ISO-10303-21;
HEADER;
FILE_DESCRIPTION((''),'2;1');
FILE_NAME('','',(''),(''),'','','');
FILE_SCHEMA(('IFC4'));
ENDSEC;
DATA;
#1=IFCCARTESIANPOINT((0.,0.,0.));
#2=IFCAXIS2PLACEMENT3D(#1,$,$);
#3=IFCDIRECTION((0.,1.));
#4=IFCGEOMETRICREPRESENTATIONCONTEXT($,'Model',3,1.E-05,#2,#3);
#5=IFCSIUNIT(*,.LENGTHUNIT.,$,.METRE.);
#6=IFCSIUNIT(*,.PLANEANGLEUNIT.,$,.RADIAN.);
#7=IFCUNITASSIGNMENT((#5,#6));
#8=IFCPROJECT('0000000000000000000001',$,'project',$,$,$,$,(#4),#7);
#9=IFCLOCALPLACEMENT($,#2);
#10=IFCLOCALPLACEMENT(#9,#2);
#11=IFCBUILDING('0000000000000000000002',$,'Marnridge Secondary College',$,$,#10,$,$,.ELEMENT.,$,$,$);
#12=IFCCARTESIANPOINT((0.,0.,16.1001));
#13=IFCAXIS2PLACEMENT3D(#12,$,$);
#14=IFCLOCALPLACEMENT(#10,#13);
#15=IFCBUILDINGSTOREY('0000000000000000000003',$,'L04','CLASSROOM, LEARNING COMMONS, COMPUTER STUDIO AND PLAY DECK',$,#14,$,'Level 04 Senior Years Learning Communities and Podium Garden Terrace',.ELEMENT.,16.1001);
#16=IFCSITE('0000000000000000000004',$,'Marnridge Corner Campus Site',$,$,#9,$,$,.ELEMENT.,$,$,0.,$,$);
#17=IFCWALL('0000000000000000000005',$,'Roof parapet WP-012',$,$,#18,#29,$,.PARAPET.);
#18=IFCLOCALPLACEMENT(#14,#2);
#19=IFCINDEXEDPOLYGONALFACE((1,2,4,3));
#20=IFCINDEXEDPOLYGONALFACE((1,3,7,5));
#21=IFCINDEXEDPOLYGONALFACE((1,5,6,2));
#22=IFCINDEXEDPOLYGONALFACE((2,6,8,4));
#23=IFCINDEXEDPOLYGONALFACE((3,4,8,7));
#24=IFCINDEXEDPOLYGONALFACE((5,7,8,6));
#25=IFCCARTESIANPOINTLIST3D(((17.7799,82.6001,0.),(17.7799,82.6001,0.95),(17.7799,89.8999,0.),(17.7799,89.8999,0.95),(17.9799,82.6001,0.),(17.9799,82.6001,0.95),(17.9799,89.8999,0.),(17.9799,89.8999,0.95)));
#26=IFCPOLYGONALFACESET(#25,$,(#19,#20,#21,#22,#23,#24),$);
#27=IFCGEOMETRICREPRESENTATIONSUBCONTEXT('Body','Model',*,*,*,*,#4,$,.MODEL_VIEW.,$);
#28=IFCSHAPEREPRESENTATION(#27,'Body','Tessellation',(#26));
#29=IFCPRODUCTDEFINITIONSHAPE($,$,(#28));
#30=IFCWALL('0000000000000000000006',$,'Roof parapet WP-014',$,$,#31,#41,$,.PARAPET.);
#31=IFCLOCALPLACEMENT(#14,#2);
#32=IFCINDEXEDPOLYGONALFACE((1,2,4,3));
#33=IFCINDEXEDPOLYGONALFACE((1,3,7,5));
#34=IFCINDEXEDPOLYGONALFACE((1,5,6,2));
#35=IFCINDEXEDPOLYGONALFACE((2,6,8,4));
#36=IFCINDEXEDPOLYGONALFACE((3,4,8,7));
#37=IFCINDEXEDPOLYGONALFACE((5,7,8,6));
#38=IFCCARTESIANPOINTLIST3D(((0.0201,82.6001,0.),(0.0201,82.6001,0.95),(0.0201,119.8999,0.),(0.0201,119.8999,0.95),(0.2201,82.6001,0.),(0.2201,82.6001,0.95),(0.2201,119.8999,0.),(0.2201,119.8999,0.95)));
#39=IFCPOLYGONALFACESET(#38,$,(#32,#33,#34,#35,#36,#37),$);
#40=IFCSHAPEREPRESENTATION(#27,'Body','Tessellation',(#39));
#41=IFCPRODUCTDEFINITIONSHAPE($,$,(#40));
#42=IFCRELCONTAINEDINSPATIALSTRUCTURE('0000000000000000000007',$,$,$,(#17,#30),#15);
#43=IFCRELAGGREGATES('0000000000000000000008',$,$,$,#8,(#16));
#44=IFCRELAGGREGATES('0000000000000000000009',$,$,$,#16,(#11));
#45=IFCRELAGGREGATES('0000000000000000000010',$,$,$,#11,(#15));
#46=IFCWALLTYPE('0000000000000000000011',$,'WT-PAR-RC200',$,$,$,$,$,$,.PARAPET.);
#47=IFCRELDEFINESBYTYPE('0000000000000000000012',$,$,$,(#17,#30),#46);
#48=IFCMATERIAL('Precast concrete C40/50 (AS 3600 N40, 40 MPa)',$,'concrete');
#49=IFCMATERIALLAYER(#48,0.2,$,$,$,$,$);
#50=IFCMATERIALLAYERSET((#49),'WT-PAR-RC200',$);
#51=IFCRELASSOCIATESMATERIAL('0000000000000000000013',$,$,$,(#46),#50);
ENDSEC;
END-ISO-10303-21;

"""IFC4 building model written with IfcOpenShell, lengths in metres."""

from ifc_helpers import new_model, si_unit, direction, frame, frame_2d, origin, place, context, subcontext, project, spatial, rectangle, extrude, material, layer, layer_set, type_object, element, save


model = new_model("IFC4")

# Units and contexts
model_context = context("Model", 3, precision=1e-05, world=origin(), true_north=direction((0.0, 1.0)))
body_context = subcontext(model_context, "Body", "Model", "MODEL_VIEW")
ifc_project = project(units=[si_unit("LENGTHUNIT", "METRE"), si_unit("PLANEANGLEUNIT", "RADIAN")], contexts=[model_context])

# Site, building, storey
site_placement = place(None, origin())
site = spatial("IfcSite", under=ifc_project, at=site_placement, Name="Marnridge Corner Campus Site", CompositionType="ELEMENT", RefElevation=0.0)
building_placement = place(site_placement, origin())
building = spatial("IfcBuilding", under=site, at=building_placement, Name="Marnridge Secondary College", CompositionType="ELEMENT")
storey_placement = place(building_placement, frame((0.0, 0.0, 16.1001)))
storey = spatial("IfcBuildingStorey", under=building, at=storey_placement, Name="L04", Description="CLASSROOM, LEARNING COMMONS, COMPUTER STUDIO AND PLAY DECK", LongName="Level 04 Senior Years Learning Communities and Podium Garden Terrace", CompositionType="ELEMENT", Elevation=16.1001)

# Walls
ifc_material_1 = material(Name="Precast concrete C40/50 (AS 3600 N40, 40 MPa)", Category="concrete")
ifc_layer_1 = layer(ifc_material_1, 0.2)
ifc_layer_set_1 = layer_set([ifc_layer_1], Name="WT-PAR-RC200")
wall_type_1 = type_object("IfcWallType", Name="WT-PAR-RC200", PredefinedType="PARAPET", material=ifc_layer_set_1)
wall_1_placement = place(storey_placement, frame((17.8799, 89.8999, 0.0), z_axis=(0.0, 0.0, 1.0), x_axis=(0.0, -1.0, 0.0)))
element("IfcWall", 1, at=wall_1_placement, inside=storey, type_object=wall_type_1, Name="Roof parapet WP-012", PredefinedType="PARAPET", context=body_context, shape_type="SweptSolid", body=[
    extrude(rectangle(XDim=7.2998, YDim=0.2, at=frame_2d((3.6499, 0.0))), origin(), (0.0, 0.0, 1.0), 0.95),
])
wall_2_placement = place(storey_placement, frame((0.1201, 82.6001, 0.0), z_axis=(0.0, 0.0, 1.0), x_axis=(0.0, 1.0, 0.0)))
element("IfcWall", 2, at=wall_2_placement, inside=storey, type_object=wall_type_1, Name="Roof parapet WP-014", PredefinedType="PARAPET", context=body_context, shape_type="SweptSolid", body=[
    extrude(rectangle(XDim=37.2998, YDim=0.2, at=frame_2d((18.6499, 0.0))), origin(), (0.0, 0.0, 1.0), 0.95),
])

save(model, "model.ifc")
